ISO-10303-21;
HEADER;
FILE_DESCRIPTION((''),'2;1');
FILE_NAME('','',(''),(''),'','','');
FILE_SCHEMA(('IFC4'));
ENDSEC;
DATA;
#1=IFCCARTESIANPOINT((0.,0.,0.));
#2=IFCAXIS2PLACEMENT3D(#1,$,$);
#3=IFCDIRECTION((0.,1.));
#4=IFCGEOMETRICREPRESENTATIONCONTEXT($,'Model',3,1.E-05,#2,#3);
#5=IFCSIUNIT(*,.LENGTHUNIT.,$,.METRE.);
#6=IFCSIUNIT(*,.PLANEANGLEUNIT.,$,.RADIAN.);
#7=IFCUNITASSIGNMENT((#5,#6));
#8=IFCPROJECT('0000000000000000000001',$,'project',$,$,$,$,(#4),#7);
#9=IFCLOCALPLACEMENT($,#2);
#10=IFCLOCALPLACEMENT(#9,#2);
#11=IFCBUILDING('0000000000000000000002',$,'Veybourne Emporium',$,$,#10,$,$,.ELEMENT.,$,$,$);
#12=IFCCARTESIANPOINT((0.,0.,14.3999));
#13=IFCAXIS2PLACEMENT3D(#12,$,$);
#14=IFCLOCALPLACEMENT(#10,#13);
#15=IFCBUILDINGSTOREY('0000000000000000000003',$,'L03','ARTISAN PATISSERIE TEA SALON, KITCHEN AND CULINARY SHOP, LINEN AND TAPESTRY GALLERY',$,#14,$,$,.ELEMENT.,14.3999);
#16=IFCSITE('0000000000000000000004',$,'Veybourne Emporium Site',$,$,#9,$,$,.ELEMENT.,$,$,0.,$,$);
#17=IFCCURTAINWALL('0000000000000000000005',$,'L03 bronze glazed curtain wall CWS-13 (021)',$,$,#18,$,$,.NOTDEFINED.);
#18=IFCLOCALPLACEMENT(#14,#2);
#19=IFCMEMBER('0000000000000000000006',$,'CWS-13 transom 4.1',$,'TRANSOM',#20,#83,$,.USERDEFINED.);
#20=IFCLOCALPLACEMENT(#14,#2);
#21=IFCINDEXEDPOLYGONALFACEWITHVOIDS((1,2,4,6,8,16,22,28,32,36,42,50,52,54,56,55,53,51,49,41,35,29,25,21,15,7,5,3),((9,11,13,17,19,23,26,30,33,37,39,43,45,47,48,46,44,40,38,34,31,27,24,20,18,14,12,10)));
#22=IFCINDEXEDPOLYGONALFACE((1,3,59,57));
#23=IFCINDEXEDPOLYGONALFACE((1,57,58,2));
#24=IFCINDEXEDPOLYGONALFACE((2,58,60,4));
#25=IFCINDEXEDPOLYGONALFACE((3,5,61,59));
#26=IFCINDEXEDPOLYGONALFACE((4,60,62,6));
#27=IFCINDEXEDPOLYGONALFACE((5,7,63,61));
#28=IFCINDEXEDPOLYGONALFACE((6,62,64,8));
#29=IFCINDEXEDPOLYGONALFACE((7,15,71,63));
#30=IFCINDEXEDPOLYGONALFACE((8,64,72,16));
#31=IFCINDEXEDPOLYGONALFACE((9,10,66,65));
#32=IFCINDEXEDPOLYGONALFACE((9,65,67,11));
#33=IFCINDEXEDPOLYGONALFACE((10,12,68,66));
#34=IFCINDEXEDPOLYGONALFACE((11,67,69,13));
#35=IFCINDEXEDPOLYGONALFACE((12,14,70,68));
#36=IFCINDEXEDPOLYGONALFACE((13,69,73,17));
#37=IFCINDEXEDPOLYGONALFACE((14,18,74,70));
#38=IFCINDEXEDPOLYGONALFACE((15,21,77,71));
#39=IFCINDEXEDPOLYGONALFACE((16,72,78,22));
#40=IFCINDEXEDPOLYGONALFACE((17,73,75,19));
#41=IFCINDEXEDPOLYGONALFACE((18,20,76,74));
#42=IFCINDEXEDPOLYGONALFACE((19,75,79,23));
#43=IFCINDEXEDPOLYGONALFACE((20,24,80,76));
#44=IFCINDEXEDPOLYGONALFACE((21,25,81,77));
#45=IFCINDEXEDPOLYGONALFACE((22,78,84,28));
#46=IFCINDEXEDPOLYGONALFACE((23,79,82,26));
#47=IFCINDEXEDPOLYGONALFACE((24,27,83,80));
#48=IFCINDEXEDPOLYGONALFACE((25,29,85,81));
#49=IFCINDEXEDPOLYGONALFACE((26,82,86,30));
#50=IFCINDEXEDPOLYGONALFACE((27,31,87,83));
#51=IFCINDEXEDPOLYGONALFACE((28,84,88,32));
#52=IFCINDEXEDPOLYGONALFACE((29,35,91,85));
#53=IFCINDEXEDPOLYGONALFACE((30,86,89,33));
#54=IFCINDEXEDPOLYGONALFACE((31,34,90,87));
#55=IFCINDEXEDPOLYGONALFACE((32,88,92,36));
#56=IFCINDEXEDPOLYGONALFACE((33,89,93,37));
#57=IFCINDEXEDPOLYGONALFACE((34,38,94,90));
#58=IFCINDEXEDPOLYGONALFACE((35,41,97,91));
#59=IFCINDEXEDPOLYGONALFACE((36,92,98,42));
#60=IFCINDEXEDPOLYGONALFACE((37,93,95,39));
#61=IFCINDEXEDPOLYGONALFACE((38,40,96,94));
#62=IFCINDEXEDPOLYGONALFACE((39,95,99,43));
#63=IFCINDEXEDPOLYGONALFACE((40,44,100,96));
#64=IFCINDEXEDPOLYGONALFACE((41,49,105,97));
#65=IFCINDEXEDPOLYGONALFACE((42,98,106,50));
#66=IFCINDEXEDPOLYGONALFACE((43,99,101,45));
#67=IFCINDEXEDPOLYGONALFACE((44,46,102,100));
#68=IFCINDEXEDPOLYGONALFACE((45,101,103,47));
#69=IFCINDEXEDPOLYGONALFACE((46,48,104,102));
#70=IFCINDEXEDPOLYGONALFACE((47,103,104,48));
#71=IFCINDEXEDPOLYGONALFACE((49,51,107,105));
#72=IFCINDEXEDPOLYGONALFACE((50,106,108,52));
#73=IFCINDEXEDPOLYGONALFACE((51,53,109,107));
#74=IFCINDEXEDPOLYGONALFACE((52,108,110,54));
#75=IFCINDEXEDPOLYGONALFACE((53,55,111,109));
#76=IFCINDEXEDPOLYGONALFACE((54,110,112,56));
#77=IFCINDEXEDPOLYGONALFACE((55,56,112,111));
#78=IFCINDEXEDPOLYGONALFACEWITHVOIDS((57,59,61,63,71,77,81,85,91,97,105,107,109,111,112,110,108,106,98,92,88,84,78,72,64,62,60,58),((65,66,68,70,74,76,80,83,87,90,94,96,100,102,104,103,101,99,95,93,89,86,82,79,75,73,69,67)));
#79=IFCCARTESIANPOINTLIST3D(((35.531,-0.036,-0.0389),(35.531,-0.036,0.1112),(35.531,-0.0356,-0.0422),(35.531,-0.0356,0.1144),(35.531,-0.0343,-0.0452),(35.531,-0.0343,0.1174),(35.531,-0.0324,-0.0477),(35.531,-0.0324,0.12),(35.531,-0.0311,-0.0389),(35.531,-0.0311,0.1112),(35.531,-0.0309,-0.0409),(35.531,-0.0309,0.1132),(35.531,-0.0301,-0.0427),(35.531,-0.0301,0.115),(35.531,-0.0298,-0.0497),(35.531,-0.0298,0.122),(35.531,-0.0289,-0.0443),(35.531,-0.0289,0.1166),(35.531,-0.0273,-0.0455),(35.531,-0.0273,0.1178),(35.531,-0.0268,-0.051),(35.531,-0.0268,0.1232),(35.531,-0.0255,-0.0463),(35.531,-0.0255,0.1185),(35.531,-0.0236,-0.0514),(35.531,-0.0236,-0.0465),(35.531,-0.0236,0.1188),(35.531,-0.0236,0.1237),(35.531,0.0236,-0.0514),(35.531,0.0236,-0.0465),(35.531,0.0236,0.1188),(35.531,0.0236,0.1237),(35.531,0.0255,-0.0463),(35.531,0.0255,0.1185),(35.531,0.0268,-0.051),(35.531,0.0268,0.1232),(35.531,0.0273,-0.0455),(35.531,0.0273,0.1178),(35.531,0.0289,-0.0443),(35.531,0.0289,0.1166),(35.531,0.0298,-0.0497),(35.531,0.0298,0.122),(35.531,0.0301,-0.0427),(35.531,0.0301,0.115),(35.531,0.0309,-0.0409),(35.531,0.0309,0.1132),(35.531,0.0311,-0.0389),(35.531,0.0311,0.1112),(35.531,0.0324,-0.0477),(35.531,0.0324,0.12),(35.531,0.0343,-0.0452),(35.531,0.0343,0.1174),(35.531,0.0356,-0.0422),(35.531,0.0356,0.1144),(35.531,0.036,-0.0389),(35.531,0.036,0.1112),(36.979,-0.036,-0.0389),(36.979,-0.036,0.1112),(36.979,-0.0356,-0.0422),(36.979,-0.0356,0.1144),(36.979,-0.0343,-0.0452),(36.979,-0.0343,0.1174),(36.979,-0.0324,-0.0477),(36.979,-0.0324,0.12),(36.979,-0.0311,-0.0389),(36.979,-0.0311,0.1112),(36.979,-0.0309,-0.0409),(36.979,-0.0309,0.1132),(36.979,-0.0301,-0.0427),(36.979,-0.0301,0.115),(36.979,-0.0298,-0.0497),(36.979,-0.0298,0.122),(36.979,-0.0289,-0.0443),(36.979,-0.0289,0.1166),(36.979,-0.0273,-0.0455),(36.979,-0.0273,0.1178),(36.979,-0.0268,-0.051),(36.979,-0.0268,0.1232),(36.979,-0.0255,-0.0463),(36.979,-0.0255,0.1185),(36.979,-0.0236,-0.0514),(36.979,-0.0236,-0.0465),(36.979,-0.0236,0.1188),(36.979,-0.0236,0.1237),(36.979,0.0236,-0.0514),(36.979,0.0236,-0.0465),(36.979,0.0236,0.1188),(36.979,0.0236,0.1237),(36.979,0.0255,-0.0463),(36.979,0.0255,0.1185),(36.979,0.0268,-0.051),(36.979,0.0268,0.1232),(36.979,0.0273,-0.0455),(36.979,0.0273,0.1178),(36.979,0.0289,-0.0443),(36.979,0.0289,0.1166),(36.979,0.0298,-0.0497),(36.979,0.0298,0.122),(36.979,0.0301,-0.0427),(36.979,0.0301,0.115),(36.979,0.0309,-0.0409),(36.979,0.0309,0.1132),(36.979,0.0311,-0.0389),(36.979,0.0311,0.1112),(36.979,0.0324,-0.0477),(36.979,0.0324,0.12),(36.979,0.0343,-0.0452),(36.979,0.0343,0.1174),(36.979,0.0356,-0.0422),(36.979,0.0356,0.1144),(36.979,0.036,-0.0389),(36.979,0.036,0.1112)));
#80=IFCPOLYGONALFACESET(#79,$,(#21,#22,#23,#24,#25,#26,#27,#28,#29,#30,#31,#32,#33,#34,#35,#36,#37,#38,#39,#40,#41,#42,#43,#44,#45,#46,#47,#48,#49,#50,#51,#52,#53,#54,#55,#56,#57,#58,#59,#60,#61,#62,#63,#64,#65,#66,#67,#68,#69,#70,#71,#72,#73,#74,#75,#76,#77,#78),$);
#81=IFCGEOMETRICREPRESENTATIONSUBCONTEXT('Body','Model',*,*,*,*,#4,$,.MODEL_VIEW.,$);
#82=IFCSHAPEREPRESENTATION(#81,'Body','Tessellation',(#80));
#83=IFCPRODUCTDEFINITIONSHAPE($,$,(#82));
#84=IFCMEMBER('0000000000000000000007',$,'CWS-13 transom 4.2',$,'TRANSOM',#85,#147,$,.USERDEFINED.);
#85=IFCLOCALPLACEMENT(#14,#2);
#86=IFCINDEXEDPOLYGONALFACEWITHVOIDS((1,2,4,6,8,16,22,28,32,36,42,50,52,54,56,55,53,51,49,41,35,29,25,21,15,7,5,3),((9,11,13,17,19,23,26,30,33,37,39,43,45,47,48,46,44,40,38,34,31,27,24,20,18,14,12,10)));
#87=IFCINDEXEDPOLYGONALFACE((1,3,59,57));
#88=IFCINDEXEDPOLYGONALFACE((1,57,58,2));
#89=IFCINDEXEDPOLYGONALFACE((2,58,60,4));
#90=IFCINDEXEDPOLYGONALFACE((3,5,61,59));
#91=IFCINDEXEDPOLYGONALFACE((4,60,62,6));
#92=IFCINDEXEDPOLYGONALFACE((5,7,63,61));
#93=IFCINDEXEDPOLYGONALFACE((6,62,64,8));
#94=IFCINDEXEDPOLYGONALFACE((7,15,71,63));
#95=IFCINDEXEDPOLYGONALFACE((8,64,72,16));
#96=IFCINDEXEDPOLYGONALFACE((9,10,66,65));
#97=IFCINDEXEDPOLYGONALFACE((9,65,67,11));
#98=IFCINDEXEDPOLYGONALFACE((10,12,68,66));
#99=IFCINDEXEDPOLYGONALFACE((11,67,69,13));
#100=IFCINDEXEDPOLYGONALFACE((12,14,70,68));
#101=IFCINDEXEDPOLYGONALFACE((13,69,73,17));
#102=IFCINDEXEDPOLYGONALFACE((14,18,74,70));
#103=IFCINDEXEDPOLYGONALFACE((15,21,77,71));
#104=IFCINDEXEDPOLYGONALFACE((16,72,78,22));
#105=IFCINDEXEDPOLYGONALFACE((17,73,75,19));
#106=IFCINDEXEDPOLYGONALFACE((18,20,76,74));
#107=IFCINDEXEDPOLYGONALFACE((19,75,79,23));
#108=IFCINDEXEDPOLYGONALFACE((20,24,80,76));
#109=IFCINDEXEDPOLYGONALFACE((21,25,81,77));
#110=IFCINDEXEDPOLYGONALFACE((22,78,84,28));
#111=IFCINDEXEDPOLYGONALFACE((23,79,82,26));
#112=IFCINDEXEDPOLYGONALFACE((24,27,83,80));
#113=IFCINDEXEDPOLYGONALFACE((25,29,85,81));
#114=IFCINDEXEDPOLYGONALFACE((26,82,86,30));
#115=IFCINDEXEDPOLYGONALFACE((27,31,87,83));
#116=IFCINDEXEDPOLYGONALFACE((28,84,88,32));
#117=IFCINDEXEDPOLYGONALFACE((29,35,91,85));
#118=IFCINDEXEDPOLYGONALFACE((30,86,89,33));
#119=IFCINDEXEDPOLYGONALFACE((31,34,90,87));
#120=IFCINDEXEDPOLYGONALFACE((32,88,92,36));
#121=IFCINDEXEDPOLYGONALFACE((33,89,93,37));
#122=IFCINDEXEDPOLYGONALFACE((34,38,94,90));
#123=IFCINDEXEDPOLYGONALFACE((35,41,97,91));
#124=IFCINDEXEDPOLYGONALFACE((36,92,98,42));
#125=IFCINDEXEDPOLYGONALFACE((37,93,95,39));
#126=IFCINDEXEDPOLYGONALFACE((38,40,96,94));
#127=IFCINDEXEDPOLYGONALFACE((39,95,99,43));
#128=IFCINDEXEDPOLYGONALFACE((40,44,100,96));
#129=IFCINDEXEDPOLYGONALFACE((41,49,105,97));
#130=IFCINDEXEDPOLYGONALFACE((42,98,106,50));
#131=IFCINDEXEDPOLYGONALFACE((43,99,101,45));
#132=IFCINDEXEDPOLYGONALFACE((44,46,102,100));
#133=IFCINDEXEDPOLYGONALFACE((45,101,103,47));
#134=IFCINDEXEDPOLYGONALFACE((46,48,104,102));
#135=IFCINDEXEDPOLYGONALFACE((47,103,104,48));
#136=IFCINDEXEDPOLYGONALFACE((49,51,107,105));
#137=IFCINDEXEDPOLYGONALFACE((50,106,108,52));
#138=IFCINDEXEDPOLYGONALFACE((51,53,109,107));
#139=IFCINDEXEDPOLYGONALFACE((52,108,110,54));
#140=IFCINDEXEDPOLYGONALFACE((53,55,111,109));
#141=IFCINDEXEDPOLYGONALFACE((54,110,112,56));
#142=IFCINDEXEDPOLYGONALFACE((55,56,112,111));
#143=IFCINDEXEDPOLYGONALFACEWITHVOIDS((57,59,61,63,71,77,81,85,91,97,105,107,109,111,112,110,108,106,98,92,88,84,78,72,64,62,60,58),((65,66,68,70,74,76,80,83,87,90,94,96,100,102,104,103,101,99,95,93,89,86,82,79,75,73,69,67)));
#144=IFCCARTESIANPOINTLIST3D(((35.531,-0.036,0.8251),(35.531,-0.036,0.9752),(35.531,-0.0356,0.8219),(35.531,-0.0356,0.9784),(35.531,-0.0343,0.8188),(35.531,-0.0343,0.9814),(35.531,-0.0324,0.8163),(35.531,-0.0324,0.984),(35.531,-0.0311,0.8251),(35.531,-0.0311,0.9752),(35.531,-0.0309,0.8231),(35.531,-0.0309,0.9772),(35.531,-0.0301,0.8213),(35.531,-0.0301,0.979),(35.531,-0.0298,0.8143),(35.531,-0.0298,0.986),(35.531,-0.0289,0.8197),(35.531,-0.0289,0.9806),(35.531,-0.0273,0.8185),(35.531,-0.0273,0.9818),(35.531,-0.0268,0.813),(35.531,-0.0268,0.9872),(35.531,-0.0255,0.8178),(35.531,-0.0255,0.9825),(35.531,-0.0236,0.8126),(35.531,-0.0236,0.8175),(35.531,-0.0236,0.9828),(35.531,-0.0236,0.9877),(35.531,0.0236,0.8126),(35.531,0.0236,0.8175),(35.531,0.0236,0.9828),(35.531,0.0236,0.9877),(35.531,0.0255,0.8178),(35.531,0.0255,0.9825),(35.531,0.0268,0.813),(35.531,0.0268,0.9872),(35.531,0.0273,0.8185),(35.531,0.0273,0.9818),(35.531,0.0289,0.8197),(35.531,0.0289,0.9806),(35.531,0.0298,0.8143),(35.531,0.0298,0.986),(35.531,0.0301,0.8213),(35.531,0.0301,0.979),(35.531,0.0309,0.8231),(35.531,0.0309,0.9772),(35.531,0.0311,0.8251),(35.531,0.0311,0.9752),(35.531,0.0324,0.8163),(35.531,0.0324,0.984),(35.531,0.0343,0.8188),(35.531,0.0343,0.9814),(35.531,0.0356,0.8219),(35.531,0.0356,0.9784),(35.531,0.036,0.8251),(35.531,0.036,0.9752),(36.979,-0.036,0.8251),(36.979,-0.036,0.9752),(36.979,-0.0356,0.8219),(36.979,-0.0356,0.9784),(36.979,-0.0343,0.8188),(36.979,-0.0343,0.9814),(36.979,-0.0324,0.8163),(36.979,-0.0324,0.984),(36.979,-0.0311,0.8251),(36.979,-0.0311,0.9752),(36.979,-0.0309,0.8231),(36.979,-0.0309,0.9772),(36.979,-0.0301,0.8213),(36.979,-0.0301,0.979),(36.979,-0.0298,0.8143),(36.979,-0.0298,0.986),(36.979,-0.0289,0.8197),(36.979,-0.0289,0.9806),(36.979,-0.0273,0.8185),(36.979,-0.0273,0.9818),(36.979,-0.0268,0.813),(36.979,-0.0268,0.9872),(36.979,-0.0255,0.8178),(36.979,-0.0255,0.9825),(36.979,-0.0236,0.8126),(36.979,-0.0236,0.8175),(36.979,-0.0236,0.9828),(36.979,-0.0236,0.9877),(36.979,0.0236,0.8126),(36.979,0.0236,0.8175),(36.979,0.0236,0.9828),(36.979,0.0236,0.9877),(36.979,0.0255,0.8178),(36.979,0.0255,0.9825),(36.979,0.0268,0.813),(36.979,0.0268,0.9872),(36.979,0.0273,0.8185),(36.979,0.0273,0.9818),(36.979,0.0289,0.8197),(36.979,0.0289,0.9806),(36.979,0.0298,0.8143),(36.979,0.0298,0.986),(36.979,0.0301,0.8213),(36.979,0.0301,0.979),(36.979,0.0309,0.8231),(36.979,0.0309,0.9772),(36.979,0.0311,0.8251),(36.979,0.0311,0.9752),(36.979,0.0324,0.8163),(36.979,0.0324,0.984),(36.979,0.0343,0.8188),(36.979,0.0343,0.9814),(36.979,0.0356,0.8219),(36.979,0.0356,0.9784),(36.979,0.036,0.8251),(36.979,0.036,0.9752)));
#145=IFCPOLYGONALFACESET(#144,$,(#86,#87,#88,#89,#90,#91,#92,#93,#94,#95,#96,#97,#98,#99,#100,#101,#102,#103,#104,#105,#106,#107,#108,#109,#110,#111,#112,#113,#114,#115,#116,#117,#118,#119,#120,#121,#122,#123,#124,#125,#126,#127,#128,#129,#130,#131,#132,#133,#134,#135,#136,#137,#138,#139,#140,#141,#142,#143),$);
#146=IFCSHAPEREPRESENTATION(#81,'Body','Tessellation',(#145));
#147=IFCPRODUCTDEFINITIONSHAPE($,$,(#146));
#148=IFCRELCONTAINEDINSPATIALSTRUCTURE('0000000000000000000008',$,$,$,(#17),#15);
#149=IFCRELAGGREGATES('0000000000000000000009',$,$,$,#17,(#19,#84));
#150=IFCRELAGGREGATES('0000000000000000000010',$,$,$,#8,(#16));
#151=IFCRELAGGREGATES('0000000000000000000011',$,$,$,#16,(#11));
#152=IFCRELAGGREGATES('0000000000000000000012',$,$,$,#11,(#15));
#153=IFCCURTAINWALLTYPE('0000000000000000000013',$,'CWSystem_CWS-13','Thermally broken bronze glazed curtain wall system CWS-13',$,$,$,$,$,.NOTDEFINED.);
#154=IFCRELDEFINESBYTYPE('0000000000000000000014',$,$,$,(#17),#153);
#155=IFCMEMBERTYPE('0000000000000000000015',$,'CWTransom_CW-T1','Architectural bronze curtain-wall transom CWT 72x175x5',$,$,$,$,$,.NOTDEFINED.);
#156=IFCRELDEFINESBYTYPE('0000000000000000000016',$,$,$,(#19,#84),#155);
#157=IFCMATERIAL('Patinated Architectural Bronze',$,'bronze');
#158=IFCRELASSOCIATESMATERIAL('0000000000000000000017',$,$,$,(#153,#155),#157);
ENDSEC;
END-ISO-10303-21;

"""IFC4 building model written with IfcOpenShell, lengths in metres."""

from ifc_helpers import new_model, si_unit, direction, frame, origin, origin_2d, place, context, subcontext, project, spatial, hollow_rectangle, extrude, material, material_profile, profile_set, type_object, element, aggregate, save


model = new_model("IFC4")

# Units and contexts
model_context = context("Model", 3, precision=1e-05, world=origin(), true_north=direction((0.0, 1.0)))
body_context = subcontext(model_context, "Body", "Model", "MODEL_VIEW")
ifc_project = project(units=[si_unit("LENGTHUNIT", "METRE"), si_unit("PLANEANGLEUNIT", "RADIAN")], contexts=[model_context])

# Site, building, storey
site_placement = place(None, origin())
site = spatial("IfcSite", under=ifc_project, at=site_placement, Name="Veybourne Emporium Site", CompositionType="ELEMENT", RefElevation=0.0)
building_placement = place(site_placement, origin())
building = spatial("IfcBuilding", under=site, at=building_placement, Name="Veybourne Emporium", CompositionType="ELEMENT")
storey_placement = place(building_placement, frame((0.0, 0.0, 14.3999)))
storey = spatial("IfcBuildingStorey", under=building, at=storey_placement, Name="L03", Description="ARTISAN PATISSERIE TEA SALON, KITCHEN AND CULINARY SHOP, LINEN AND TAPESTRY GALLERY", CompositionType="ELEMENT", Elevation=14.3999)

# Curtain wall, members
ifc_material_1 = material(Name="Patinated Architectural Bronze", Category="bronze")
curtain_wall_type = type_object("IfcCurtainWallType", Name="CWSystem_CWS-13", Description="Thermally broken bronze glazed curtain wall system CWS-13", PredefinedType="NOTDEFINED", material=ifc_material_1)
curtain_wall_placement = place(storey_placement, origin())
curtain_wall = element("IfcCurtainWall", 1, at=curtain_wall_placement, inside=storey, type_object=curtain_wall_type, Name="L03 bronze glazed curtain wall CWS-13 (021)", PredefinedType="NOTDEFINED")
ifc_material_profile_1 = material_profile(ifc_material_1, hollow_rectangle(XDim=0.072, YDim=0.175, WallThickness=0.0049, InnerFilletRadius=0.0076, OuterFilletRadius=0.0125, at=origin_2d()), Name="CWT 72x175x5")
ifc_profile_set_1 = profile_set([ifc_material_profile_1], Name="Patinated Architectural Bronze")
member_type_1 = type_object("IfcMemberType", Name="CWTransom_CW-T1", Description="Architectural bronze curtain-wall transom CWT 72x175x5", PredefinedType="NOTDEFINED", material=ifc_profile_set_1)
member_1_placement = place(storey_placement, frame((36.979, 0.0, 0.0361), z_axis=(-1.0, 0.0, 0.0), x_axis=(0.0, -1.0, 0.0)))
member_1 = element("IfcMember", 2, at=member_1_placement, type_object=member_type_1, Name="CWS-13 transom 4.1", ObjectType="TRANSOM", PredefinedType="USERDEFINED", context=body_context, shape_type="SweptSolid", body=[
    extrude(hollow_rectangle(XDim=0.072, YDim=0.175, WallThickness=0.0049, InnerFilletRadius=0.0076, OuterFilletRadius=0.0125, at=origin_2d()), origin(), (0.0, 0.0, 1.0), 1.448),
])
member_2_placement = place(storey_placement, frame((36.979, 0.0, 0.9001), z_axis=(-1.0, 0.0, 0.0), x_axis=(0.0, -1.0, 0.0)))
member_2 = element("IfcMember", 3, at=member_2_placement, type_object=member_type_1, Name="CWS-13 transom 4.2", ObjectType="TRANSOM", PredefinedType="USERDEFINED", context=body_context, shape_type="SweptSolid", body=[
    extrude(hollow_rectangle(XDim=0.072, YDim=0.175, WallThickness=0.0049, InnerFilletRadius=0.0076, OuterFilletRadius=0.0125, at=origin_2d()), origin(), (0.0, 0.0, 1.0), 1.448),
])

aggregate(curtain_wall, [member_1, member_2])

save(model, "model.ifc")
